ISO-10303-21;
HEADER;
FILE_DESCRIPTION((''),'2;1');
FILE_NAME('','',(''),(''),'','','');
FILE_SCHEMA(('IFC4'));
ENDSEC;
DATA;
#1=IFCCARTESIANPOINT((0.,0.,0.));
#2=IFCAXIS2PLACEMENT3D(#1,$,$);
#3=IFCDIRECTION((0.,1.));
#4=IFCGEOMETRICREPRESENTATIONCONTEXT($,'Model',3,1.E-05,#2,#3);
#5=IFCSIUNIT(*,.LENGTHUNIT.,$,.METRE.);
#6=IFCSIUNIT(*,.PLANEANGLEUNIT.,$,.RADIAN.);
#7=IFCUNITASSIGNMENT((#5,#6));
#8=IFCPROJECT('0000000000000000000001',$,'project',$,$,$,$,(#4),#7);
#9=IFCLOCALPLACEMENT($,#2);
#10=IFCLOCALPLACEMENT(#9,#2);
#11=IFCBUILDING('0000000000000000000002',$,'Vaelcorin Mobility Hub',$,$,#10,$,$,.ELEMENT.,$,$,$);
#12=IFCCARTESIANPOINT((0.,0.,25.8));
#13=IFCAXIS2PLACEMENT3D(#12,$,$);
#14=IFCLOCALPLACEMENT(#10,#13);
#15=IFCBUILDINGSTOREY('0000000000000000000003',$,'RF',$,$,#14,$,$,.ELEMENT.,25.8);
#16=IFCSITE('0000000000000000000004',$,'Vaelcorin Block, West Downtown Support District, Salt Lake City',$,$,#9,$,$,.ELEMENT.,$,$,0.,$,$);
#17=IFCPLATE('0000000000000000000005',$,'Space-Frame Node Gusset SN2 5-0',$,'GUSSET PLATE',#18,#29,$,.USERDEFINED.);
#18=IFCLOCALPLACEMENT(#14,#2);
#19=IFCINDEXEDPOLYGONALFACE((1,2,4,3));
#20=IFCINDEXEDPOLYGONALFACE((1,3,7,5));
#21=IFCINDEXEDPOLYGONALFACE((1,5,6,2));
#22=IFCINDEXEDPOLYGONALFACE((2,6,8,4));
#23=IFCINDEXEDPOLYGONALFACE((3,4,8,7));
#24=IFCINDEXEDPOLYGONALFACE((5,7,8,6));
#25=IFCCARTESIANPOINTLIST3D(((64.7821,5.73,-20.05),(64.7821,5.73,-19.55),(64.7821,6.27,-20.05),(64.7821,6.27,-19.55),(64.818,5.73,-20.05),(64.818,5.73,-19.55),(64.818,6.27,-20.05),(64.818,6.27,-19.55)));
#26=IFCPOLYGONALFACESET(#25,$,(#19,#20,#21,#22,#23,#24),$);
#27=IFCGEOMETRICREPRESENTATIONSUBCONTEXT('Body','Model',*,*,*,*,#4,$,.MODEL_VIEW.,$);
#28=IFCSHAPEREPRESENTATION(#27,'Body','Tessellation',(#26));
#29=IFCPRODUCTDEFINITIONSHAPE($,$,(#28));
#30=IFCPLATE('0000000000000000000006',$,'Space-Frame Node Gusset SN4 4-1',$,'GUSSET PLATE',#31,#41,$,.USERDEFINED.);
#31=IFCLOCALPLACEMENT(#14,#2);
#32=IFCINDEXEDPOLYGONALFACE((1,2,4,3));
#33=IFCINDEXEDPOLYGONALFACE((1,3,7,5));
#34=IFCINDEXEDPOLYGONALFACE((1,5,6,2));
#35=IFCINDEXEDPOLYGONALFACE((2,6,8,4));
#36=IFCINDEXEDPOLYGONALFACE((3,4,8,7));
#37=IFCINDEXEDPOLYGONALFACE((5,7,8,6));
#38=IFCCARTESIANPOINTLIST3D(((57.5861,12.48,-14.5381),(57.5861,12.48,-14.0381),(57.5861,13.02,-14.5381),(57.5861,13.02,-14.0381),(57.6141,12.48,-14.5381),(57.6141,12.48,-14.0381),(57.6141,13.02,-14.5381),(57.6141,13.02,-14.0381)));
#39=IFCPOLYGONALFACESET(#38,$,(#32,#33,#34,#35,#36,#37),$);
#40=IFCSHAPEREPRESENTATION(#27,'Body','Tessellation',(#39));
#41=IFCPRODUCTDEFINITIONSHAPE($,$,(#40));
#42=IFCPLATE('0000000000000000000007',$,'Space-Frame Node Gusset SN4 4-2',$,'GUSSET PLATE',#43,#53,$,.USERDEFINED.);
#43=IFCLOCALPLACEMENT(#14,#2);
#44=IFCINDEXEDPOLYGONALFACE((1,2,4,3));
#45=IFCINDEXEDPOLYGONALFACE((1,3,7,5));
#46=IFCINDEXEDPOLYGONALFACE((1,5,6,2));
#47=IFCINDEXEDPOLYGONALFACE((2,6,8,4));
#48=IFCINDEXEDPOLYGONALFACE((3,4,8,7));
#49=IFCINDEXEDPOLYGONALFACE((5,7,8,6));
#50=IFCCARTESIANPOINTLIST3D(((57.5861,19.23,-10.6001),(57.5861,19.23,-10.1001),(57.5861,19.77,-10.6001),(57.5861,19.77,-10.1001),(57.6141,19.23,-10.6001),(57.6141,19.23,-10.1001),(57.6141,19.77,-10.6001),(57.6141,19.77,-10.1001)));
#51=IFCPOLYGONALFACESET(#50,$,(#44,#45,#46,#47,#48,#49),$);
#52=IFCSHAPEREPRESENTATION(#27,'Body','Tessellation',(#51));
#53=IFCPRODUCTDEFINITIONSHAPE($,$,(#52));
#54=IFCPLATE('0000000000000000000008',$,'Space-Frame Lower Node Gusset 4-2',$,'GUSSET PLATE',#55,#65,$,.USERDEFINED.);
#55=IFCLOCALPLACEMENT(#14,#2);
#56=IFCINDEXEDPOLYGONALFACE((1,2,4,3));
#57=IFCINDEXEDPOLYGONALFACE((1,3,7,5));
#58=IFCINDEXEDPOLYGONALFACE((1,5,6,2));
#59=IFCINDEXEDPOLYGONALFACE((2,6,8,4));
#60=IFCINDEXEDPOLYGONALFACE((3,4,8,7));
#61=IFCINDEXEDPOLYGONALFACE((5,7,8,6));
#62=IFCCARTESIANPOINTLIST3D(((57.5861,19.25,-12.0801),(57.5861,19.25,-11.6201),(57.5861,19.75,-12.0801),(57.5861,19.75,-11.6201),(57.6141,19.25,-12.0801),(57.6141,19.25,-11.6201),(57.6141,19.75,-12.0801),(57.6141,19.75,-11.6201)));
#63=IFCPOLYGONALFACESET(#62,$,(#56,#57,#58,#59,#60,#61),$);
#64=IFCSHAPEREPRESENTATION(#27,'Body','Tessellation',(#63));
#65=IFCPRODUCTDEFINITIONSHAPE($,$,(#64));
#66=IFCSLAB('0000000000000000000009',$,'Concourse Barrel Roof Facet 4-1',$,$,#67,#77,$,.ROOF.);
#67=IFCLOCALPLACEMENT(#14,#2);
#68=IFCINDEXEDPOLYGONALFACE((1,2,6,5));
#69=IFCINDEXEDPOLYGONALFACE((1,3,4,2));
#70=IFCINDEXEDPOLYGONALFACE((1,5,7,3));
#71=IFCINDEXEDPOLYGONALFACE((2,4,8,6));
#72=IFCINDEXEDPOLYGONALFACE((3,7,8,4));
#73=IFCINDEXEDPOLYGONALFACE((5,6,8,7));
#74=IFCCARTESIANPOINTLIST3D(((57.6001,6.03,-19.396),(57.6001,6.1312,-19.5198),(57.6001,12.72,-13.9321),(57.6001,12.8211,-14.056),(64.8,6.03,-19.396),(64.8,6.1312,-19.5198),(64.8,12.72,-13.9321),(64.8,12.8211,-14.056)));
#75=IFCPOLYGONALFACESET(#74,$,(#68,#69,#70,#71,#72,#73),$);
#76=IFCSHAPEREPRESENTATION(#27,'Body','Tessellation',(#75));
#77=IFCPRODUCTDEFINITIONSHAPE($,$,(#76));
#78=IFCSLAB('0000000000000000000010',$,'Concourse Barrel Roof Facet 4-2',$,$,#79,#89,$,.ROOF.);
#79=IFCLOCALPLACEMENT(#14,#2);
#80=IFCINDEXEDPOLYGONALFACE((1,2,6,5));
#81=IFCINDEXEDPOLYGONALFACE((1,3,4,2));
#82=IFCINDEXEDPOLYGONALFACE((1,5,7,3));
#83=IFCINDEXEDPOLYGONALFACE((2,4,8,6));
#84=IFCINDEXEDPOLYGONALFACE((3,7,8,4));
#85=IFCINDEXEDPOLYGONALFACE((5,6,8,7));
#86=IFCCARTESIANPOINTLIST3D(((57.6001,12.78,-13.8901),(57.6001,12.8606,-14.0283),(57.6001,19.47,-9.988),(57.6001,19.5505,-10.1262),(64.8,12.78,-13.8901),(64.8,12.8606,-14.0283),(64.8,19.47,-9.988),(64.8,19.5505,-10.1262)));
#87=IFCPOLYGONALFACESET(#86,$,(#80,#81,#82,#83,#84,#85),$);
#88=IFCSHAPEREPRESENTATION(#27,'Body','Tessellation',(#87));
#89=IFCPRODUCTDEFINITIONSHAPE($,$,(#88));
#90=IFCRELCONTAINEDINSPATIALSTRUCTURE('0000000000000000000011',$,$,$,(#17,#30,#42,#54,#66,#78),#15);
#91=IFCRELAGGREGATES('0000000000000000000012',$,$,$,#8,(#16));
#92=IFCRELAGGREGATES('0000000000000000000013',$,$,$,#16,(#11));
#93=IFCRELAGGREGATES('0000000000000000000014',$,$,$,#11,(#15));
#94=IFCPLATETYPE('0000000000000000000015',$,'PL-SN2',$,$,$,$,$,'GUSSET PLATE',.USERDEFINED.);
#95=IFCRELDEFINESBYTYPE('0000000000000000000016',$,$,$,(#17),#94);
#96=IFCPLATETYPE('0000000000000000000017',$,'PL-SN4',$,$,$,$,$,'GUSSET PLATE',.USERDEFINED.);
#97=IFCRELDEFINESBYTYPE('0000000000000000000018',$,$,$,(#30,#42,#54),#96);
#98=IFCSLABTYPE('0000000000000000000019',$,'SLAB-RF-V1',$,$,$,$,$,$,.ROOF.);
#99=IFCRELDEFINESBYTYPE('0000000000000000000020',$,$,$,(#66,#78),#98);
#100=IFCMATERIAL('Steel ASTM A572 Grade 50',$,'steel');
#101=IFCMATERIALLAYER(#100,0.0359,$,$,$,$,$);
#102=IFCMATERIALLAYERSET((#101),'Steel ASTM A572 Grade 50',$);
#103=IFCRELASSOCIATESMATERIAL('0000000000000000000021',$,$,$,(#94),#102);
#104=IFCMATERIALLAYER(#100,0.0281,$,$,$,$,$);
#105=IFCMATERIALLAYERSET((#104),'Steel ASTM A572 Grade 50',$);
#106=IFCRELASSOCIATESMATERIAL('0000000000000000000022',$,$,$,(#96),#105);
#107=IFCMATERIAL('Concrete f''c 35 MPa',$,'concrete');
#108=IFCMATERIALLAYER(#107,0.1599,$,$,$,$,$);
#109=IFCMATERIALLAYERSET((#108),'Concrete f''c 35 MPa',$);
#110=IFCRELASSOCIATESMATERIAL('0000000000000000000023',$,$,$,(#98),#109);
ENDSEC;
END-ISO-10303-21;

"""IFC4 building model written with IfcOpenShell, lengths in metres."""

from ifc_helpers import new_model, si_unit, direction, frame, origin, origin_2d, place, context, subcontext, project, spatial, polyline, rectangle, outline, extrude, material, layer, layer_set, type_object, element, save


model = new_model("IFC4")

# Units and contexts
model_context = context("Model", 3, precision=1e-05, world=origin(), true_north=direction((0.0, 1.0)))
body_context = subcontext(model_context, "Body", "Model", "MODEL_VIEW")
ifc_project = project(units=[si_unit("LENGTHUNIT", "METRE"), si_unit("PLANEANGLEUNIT", "RADIAN")], contexts=[model_context])

# Site, building, storey
site_placement = place(None, origin())
site = spatial("IfcSite", under=ifc_project, at=site_placement, Name="Vaelcorin Block, West Downtown Support District, Salt Lake City", CompositionType="ELEMENT", RefElevation=0.0)
building_placement = place(site_placement, origin())
building = spatial("IfcBuilding", under=site, at=building_placement, Name="Vaelcorin Mobility Hub", CompositionType="ELEMENT")
storey_placement = place(building_placement, frame((0.0, 0.0, 25.8)))
storey = spatial("IfcBuildingStorey", under=building, at=storey_placement, Name="RF", CompositionType="ELEMENT", Elevation=25.8)

# Plates
ifc_material_1 = material(Name="Steel ASTM A572 Grade 50", Category="steel")
ifc_layer_1 = layer(ifc_material_1, 0.0359)
ifc_layer_set_1 = layer_set([ifc_layer_1], Name="Steel ASTM A572 Grade 50")
plate_type_1 = type_object("IfcPlateType", Name="PL-SN2", ElementType="GUSSET PLATE", PredefinedType="USERDEFINED", material=ifc_layer_set_1)
for number, where, z_axis, x_axis, name in (
    (1, (64.8, 6.0, -20.05), (0.0, 0.0, 1.0), (1.0, 0.0, 0.0), "Space-Frame Node Gusset SN2 5-0"),
):
    element("IfcPlate", number, at=place(storey_placement, frame(where, z_axis=z_axis, x_axis=x_axis)), inside=storey, type_object=plate_type_1, Name=name, ObjectType="GUSSET PLATE", PredefinedType="USERDEFINED", context=body_context, shape_type="SweptSolid", body=[
        extrude(rectangle(XDim=0.0359, YDim=0.54, at=origin_2d()), origin(), (0.0, 0.0, 1.0), 0.5),
    ])
ifc_layer_2 = layer(ifc_material_1, 0.0281)
ifc_layer_set_2 = layer_set([ifc_layer_2], Name="Steel ASTM A572 Grade 50")
plate_type_2 = type_object("IfcPlateType", Name="PL-SN4", ElementType="GUSSET PLATE", PredefinedType="USERDEFINED", material=ifc_layer_set_2)
for number, where, z_axis, x_axis, name in (
    (2, (57.6001, 12.75, -14.5381), (0.0, 0.0, 1.0), (1.0, 0.0, 0.0), "Space-Frame Node Gusset SN4 4-1"),
    (3, (57.6001, 19.5, -10.6001), (0.0, 0.0, 1.0), (1.0, 0.0, 0.0), "Space-Frame Node Gusset SN4 4-2"),
):
    element("IfcPlate", number, at=place(storey_placement, frame(where, z_axis=z_axis, x_axis=x_axis)), inside=storey, type_object=plate_type_2, Name=name, ObjectType="GUSSET PLATE", PredefinedType="USERDEFINED", context=body_context, shape_type="SweptSolid", body=[
        extrude(rectangle(XDim=0.0281, YDim=0.54, at=origin_2d()), origin(), (0.0, 0.0, 1.0), 0.5),
    ])
plate_1_placement = place(storey_placement, frame((57.6001, 19.5, -12.0801), z_axis=(0.0, 0.0, 1.0), x_axis=(1.0, 0.0, 0.0)))
element("IfcPlate", 4, at=plate_1_placement, inside=storey, type_object=plate_type_2, Name="Space-Frame Lower Node Gusset 4-2", ObjectType="GUSSET PLATE", PredefinedType="USERDEFINED", context=body_context, shape_type="SweptSolid", body=[
    extrude(rectangle(XDim=0.0281, YDim=0.5, at=origin_2d()), origin(), (0.0, 0.0, 1.0), 0.46),
])

# Slabs
ifc_material_2 = material(Name="Concrete f'c 35 MPa", Category="concrete")
ifc_layer_3 = layer(ifc_material_2, 0.1599)
ifc_layer_set_3 = layer_set([ifc_layer_3], Name="Concrete f'c 35 MPa")
slab_type = type_object("IfcSlabType", Name="SLAB-RF-V1", PredefinedType="ROOF", material=ifc_layer_set_3)
slab_1_placement = place(storey_placement, frame((57.6001, 6.03, -19.396), z_axis=(0.0, -0.632563, 0.774509), x_axis=(1.0, 0.0, 0.0)))
element("IfcSlab", 5, at=slab_1_placement, inside=storey, type_object=slab_type, Name="Concourse Barrel Roof Facet 4-1", PredefinedType="ROOF", context=body_context, shape_type="SweptSolid", body=[
    extrude(outline(polyline([(0.0, 0.0), (7.2, 0.0), (7.2, 8.6377), (0.0, 8.6377), (0.0, 0.0)])), origin(), (0.0, 0.0, -1.0), 0.1599),
])
slab_2_placement = place(storey_placement, frame((57.6001, 12.78, -13.8901), z_axis=(0.0, -0.503836, 0.863799), x_axis=(1.0, 0.0, 0.0)))
element("IfcSlab", 6, at=slab_2_placement, inside=storey, type_object=slab_type, Name="Concourse Barrel Roof Facet 4-2", PredefinedType="ROOF", context=body_context, shape_type="SweptSolid", body=[
    extrude(outline(polyline([(0.0, 0.0), (7.2, 0.0), (7.2, 7.7448), (0.0, 7.7448), (0.0, 0.0)])), origin(), (0.0, 0.0, -1.0), 0.1599),
])

save(model, "model.ifc")
